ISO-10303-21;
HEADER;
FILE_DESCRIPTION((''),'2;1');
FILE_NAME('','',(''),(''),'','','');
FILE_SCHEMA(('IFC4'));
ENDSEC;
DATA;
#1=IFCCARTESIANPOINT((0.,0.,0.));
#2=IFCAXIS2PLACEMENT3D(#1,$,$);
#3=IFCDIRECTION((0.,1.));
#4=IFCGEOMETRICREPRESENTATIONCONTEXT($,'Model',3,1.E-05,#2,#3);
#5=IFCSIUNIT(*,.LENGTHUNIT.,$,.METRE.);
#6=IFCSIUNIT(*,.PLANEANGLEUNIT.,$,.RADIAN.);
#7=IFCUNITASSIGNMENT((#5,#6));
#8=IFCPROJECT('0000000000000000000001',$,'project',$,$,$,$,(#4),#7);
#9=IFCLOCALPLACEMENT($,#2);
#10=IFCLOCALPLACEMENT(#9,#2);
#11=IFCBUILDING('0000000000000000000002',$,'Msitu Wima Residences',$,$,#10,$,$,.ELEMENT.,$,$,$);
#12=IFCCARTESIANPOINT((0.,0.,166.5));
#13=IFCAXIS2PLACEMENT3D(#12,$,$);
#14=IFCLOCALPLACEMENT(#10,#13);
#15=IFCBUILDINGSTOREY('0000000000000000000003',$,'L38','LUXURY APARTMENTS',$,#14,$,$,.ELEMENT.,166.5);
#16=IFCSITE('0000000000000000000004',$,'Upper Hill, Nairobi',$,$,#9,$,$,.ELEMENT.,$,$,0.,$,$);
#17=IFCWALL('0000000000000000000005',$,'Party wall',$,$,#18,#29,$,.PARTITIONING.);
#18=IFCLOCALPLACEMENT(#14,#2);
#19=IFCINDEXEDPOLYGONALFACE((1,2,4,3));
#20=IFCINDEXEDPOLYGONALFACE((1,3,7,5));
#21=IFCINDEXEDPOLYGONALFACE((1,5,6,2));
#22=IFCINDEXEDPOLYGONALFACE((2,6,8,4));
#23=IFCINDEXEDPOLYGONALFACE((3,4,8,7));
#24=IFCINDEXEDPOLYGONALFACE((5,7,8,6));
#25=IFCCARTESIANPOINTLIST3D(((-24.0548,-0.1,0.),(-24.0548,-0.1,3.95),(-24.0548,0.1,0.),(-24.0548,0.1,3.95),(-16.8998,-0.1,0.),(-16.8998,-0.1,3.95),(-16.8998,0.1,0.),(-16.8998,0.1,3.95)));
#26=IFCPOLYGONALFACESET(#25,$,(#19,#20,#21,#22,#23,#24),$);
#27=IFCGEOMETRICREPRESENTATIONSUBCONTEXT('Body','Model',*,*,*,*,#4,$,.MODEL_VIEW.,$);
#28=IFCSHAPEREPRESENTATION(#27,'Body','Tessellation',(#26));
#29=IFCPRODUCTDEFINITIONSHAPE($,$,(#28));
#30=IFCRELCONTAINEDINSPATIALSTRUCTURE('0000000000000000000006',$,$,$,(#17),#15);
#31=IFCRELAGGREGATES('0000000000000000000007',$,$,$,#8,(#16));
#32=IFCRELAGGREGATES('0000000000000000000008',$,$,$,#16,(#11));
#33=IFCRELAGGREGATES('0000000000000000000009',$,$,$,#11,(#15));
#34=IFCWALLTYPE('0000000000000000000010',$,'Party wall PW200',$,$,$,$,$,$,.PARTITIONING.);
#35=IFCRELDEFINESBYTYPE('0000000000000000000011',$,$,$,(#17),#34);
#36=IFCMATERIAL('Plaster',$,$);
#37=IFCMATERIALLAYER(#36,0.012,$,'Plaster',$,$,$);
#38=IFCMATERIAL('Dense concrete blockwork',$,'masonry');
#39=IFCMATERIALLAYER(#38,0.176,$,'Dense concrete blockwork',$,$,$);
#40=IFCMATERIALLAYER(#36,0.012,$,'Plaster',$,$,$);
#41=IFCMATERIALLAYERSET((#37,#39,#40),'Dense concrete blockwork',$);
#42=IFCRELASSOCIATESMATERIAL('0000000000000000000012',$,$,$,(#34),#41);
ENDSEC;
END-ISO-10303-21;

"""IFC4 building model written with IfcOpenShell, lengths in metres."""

from ifc_helpers import new_model, si_unit, direction, frame, frame_2d, origin, place, context, subcontext, project, spatial, rectangle, extrude, material, layer, layer_set, type_object, element, save


model = new_model("IFC4")

# Units and contexts
model_context = context("Model", 3, precision=1e-05, world=origin(), true_north=direction((0.0, 1.0)))
body_context = subcontext(model_context, "Body", "Model", "MODEL_VIEW")
ifc_project = project(units=[si_unit("LENGTHUNIT", "METRE"), si_unit("PLANEANGLEUNIT", "RADIAN")], contexts=[model_context])

# Site, building, storey
site_placement = place(None, origin())
site = spatial("IfcSite", under=ifc_project, at=site_placement, Name="Upper Hill, Nairobi", CompositionType="ELEMENT", RefElevation=0.0)
building_placement = place(site_placement, origin())
building = spatial("IfcBuilding", under=site, at=building_placement, Name="Msitu Wima Residences", CompositionType="ELEMENT")
storey_placement = place(building_placement, frame((0.0, 0.0, 166.5)))
storey = spatial("IfcBuildingStorey", under=building, at=storey_placement, Name="L38", Description="LUXURY APARTMENTS", CompositionType="ELEMENT", Elevation=166.5)

# Wall
ifc_material_1 = material(Name="Plaster")
ifc_layer_1 = layer(ifc_material_1, 0.012, Name="Plaster")
ifc_material_2 = material(Name="Dense concrete blockwork", Category="masonry")
ifc_layer_2 = layer(ifc_material_2, 0.176, Name="Dense concrete blockwork")
ifc_layer_3 = layer(ifc_material_1, 0.012, Name="Plaster")
ifc_layer_set_1 = layer_set([ifc_layer_1, ifc_layer_2, ifc_layer_3], Name="Dense concrete blockwork")
wall_type_1 = type_object("IfcWallType", Name="Party wall PW200", PredefinedType="PARTITIONING", material=ifc_layer_set_1)
wall_1_placement = place(storey_placement, frame((-24.0549, 0.0, 0.0), z_axis=(0.0, 0.0, 1.0), x_axis=(1.0, 0.0, 0.0)))
element("IfcWall", 1, at=wall_1_placement, inside=storey, type_object=wall_type_1, Name="Party wall", PredefinedType="PARTITIONING", context=body_context, shape_type="SweptSolid", body=[
    extrude(rectangle(XDim=7.155, YDim=0.2, at=frame_2d((3.5776, 0.0))), origin(), (0.0, 0.0, 1.0), 3.95),
])

save(model, "model.ifc")
